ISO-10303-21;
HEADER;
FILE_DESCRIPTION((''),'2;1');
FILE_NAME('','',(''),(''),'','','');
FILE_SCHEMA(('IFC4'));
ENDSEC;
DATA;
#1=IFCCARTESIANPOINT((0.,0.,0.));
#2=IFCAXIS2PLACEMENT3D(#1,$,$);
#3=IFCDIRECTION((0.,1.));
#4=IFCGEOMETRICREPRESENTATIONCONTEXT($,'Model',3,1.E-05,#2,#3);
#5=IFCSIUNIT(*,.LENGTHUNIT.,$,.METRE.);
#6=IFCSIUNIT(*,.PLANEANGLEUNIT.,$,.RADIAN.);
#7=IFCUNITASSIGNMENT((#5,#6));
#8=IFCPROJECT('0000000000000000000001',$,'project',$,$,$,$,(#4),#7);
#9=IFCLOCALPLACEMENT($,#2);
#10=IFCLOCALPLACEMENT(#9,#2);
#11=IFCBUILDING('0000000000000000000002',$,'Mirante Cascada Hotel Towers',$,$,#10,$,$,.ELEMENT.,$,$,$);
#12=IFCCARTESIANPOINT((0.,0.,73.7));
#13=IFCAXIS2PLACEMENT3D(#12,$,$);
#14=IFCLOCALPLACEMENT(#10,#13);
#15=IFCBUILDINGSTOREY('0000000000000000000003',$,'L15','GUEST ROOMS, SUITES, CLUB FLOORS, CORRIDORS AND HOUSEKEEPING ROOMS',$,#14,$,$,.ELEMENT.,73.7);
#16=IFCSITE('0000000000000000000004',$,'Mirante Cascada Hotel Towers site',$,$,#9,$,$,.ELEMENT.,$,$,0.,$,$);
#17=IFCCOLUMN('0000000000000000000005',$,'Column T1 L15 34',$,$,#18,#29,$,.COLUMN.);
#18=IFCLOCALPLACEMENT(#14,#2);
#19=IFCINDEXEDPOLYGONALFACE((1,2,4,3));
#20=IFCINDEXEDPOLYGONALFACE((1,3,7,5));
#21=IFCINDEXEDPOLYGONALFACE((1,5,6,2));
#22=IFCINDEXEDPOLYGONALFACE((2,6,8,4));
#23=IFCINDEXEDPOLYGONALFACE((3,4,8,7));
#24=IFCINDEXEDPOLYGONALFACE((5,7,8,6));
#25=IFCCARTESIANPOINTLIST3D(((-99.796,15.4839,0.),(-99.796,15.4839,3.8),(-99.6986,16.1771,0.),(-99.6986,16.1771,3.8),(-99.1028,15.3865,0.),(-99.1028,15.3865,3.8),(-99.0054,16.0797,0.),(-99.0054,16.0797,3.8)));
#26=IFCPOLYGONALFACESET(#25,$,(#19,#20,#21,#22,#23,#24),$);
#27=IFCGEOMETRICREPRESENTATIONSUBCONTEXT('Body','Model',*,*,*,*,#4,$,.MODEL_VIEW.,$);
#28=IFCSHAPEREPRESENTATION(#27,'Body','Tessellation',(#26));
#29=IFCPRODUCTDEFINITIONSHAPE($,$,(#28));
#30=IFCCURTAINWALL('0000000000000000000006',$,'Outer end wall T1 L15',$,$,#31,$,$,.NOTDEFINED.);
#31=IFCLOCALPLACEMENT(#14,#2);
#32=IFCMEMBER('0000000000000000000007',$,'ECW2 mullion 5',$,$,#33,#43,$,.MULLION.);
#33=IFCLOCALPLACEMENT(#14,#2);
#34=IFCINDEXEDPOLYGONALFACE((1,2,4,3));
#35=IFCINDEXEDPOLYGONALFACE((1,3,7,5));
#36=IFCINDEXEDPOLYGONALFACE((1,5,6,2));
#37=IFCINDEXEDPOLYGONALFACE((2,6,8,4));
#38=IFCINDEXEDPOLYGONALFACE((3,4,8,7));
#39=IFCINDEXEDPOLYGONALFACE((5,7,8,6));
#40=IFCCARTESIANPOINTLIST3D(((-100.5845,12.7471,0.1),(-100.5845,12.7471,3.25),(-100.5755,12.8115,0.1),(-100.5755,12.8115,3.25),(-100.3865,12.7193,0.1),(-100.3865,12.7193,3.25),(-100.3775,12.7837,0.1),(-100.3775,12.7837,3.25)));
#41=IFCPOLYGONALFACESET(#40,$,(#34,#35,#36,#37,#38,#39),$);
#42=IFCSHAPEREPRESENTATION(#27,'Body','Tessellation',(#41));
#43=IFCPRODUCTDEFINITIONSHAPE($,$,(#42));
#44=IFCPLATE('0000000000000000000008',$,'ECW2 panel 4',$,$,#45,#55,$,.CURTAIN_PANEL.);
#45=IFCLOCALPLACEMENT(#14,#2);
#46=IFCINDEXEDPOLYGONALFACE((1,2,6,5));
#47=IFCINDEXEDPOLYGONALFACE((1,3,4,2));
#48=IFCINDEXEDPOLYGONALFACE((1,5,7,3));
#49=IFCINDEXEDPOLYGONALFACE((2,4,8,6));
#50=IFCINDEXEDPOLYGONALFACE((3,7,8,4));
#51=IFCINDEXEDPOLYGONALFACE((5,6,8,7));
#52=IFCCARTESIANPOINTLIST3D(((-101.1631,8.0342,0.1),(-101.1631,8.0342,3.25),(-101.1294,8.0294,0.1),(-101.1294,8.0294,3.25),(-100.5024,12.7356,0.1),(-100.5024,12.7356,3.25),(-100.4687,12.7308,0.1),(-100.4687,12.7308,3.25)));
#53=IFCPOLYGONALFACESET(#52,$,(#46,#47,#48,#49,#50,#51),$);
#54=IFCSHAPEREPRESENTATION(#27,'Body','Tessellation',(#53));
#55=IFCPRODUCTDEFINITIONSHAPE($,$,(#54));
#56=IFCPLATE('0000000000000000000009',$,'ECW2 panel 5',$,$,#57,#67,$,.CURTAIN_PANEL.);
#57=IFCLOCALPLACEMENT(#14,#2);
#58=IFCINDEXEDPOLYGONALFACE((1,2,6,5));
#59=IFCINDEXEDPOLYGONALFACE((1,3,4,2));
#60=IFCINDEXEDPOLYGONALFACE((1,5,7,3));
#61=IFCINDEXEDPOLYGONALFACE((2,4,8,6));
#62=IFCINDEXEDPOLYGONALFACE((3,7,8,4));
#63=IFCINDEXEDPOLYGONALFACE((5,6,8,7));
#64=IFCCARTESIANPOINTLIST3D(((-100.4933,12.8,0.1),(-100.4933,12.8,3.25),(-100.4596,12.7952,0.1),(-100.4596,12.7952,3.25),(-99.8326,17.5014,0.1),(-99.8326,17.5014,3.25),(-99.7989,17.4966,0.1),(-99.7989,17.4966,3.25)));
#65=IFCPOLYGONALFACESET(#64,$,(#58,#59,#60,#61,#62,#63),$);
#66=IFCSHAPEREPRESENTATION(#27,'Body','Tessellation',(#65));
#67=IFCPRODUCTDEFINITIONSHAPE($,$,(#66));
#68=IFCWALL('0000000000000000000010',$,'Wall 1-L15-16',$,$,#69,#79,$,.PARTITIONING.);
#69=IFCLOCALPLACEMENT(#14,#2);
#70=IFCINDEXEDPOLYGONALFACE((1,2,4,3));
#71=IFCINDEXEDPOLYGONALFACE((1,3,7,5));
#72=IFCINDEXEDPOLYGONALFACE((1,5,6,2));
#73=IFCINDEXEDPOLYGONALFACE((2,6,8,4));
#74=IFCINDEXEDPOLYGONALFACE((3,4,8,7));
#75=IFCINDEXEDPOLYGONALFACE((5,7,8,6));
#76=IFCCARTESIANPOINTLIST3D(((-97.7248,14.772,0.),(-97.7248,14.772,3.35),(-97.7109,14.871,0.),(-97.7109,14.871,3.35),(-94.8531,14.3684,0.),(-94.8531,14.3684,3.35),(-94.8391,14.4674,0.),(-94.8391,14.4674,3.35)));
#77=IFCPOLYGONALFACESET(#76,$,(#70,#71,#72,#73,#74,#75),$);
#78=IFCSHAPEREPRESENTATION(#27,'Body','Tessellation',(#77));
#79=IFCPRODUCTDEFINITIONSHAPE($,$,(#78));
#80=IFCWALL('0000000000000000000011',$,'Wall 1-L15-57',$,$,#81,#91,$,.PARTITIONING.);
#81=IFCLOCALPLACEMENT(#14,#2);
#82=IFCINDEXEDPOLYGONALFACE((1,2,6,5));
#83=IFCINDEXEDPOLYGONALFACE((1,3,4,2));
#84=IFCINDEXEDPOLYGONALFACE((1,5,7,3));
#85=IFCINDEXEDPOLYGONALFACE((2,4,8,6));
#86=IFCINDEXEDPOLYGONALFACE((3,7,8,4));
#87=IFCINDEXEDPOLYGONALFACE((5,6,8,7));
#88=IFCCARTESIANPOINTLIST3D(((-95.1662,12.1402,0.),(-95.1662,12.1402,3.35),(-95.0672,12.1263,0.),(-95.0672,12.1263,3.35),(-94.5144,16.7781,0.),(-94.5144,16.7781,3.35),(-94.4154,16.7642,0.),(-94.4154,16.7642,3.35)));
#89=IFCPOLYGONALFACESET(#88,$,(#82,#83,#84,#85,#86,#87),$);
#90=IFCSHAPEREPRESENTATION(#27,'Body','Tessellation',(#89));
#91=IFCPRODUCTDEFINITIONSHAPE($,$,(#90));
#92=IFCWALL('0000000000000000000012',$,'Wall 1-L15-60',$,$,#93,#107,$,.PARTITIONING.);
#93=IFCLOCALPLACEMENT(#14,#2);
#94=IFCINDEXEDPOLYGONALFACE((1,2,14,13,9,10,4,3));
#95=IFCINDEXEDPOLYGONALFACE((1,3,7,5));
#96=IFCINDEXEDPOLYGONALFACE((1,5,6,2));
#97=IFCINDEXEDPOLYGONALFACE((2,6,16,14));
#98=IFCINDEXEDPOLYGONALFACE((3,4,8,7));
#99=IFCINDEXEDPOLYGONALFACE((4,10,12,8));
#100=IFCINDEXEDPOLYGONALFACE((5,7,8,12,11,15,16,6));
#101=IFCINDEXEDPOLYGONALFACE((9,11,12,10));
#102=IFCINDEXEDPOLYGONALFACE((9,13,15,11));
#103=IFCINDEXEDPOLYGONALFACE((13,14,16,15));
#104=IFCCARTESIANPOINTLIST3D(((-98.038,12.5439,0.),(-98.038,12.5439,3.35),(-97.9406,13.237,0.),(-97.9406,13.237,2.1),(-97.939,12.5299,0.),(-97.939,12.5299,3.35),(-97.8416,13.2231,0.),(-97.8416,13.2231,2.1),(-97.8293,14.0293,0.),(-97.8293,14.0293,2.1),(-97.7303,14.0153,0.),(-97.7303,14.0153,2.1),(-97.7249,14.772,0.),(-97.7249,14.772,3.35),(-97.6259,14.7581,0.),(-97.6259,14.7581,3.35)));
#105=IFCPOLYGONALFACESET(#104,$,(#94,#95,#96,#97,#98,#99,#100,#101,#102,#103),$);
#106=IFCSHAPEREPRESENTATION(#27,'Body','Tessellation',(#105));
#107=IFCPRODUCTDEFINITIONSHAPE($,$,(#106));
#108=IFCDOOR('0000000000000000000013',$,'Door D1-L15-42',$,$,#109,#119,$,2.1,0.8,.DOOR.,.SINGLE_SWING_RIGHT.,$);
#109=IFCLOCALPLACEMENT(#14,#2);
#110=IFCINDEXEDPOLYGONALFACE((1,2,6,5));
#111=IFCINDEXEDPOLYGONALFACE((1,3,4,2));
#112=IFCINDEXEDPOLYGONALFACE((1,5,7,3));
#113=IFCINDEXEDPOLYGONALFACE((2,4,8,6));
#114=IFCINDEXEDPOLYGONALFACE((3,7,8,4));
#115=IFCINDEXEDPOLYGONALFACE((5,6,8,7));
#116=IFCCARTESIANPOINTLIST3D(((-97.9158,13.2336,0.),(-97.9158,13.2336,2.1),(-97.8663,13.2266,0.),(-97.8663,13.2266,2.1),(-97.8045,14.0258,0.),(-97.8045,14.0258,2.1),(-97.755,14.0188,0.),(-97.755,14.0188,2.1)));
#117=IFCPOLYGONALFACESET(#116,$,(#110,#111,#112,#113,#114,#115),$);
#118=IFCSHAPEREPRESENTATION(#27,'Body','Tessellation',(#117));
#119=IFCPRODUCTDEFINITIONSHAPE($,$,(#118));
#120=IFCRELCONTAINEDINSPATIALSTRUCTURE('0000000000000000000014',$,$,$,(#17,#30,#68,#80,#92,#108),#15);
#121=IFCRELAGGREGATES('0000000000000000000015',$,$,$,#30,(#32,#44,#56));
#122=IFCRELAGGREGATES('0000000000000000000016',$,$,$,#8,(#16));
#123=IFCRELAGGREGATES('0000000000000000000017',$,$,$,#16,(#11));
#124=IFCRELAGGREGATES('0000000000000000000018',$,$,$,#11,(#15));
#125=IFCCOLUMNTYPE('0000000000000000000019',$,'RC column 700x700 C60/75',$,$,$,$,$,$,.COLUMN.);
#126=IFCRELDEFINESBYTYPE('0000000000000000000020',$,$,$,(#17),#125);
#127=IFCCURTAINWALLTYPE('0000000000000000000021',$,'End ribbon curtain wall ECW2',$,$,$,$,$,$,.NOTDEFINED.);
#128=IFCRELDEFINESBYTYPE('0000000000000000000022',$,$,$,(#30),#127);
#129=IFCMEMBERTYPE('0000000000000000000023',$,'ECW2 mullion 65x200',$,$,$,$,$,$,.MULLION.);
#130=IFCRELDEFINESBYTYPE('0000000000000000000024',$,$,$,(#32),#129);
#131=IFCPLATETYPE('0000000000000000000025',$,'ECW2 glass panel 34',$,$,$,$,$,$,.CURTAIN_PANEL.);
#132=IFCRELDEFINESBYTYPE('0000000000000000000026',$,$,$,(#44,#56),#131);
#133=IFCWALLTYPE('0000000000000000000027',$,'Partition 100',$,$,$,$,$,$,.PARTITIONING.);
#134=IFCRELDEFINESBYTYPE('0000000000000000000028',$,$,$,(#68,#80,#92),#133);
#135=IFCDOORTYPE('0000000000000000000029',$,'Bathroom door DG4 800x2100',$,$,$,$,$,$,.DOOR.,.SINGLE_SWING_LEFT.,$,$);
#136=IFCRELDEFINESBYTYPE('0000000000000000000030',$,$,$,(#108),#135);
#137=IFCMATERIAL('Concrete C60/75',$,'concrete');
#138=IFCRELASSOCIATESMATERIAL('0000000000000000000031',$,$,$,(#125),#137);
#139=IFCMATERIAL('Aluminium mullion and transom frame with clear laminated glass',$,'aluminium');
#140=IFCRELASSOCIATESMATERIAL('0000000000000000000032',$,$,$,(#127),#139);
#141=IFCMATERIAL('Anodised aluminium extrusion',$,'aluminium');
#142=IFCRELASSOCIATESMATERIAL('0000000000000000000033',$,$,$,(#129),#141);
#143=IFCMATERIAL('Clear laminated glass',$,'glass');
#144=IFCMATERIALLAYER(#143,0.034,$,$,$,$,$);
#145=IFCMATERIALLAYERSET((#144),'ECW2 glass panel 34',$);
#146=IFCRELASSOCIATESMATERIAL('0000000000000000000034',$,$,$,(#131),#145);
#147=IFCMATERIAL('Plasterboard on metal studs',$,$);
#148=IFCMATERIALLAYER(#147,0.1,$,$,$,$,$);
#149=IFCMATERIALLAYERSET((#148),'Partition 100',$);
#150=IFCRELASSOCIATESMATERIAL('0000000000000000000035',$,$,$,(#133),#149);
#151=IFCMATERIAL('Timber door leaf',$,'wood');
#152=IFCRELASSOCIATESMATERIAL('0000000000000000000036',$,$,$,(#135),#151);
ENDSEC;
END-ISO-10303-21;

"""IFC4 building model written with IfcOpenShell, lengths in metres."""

from ifc_helpers import new_model, si_unit, direction, frame, frame_2d, origin, origin_2d, place, context, subcontext, project, spatial, rectangle, extrude, material, layer, layer_set, material_profile, profile_set, type_object, element, fill, aggregate, save


model = new_model("IFC4")

# Units and contexts
model_context = context("Model", 3, precision=1e-05, world=origin(), true_north=direction((0.0, 1.0)))
body_context = subcontext(model_context, "Body", "Model", "MODEL_VIEW")
ifc_project = project(units=[si_unit("LENGTHUNIT", "METRE"), si_unit("PLANEANGLEUNIT", "RADIAN")], contexts=[model_context])

# Site, building, storey
site_placement = place(None, origin())
site = spatial("IfcSite", under=ifc_project, at=site_placement, Name="Mirante Cascada Hotel Towers site", CompositionType="ELEMENT", RefElevation=0.0)
building_placement = place(site_placement, origin())
building = spatial("IfcBuilding", under=site, at=building_placement, Name="Mirante Cascada Hotel Towers", CompositionType="ELEMENT")
storey_placement = place(building_placement, frame((0.0, 0.0, 73.7)))
storey = spatial("IfcBuildingStorey", under=building, at=storey_placement, Name="L15", Description="GUEST ROOMS, SUITES, CLUB FLOORS, CORRIDORS AND HOUSEKEEPING ROOMS", CompositionType="ELEMENT", Elevation=73.7)

# Column
ifc_material_1 = material(Name="Concrete C60/75", Category="concrete")
ifc_material_profile_1 = material_profile(ifc_material_1, rectangle(XDim=0.7, YDim=0.7, at=origin_2d()), Name="RC column 700x700 C60/75")
ifc_profile_set_1 = profile_set([ifc_material_profile_1], Name="Concrete C60/75")
column_type = type_object("IfcColumnType", Name="RC column 700x700 C60/75", PredefinedType="COLUMN", material=ifc_profile_set_1)
column_placement = place(storey_placement, frame((-99.4007, 15.7818, 0.0), z_axis=(0.0, 0.0, 1.0), x_axis=(-0.990268, 0.139173, 0.0)))
element("IfcColumn", 1, at=column_placement, inside=storey, type_object=column_type, Name="Column T1 L15 34", PredefinedType="COLUMN", context=body_context, shape_type="SweptSolid", body=[
    extrude(rectangle(XDim=0.7, YDim=0.7, at=origin_2d()), origin(), (0.0, 0.0, 1.0), 3.8),
])

# Curtain wall, member, plates
ifc_material_2 = material(Name="Aluminium mullion and transom frame with clear laminated glass", Category="aluminium")
curtain_wall_type = type_object("IfcCurtainWallType", Name="End ribbon curtain wall ECW2", PredefinedType="NOTDEFINED", material=ifc_material_2)
curtain_wall_placement = place(storey_placement, origin())
curtain_wall = element("IfcCurtainWall", 2, at=curtain_wall_placement, inside=storey, type_object=curtain_wall_type, Name="Outer end wall T1 L15", PredefinedType="NOTDEFINED")
ifc_material_3 = material(Name="Anodised aluminium extrusion", Category="aluminium")
ifc_material_profile_2 = material_profile(ifc_material_3, rectangle(XDim=0.2, YDim=0.065, at=origin_2d()), Name="ECW2 MULLION 65x200")
ifc_profile_set_2 = profile_set([ifc_material_profile_2], Name="Anodised aluminium extrusion")
member_type = type_object("IfcMemberType", Name="ECW2 mullion 65x200", PredefinedType="MULLION", material=ifc_profile_set_2)
member_placement = place(storey_placement, frame((-100.481, 12.7654, 0.1), z_axis=(0.0, 0.0, 1.0), x_axis=(-0.990268, 0.139173, 0.0)))
member = element("IfcMember", 3, at=member_placement, type_object=member_type, Name="ECW2 mullion 5", PredefinedType="MULLION", context=body_context, shape_type="SweptSolid", body=[
    extrude(rectangle(XDim=0.2, YDim=0.065, at=origin_2d()), origin(), (0.0, 0.0, 1.0), 3.15),
])
ifc_material_4 = material(Name="Clear laminated glass", Category="glass")
ifc_layer_1 = layer(ifc_material_4, 0.034)
ifc_layer_set_1 = layer_set([ifc_layer_1], Name="ECW2 glass panel 34")
plate_type = type_object("IfcPlateType", Name="ECW2 glass panel 34", PredefinedType="CURTAIN_PANEL", material=ifc_layer_set_1)
plate_1_placement = place(storey_placement, frame((-100.8159, 10.3825, 0.1), z_axis=(0.0, 0.0, 1.0), x_axis=(0.139173, 0.990268, 0.0)))
plate_1 = element("IfcPlate", 4, at=plate_1_placement, type_object=plate_type, Name="ECW2 panel 4", PredefinedType="CURTAIN_PANEL", context=body_context, shape_type="SweptSolid", body=[
    extrude(rectangle(XDim=4.7476, YDim=0.034, at=origin_2d()), origin(), (0.0, 0.0, 1.0), 3.15),
])
plate_2_placement = place(storey_placement, frame((-100.1461, 15.1483, 0.1), z_axis=(0.0, 0.0, 1.0), x_axis=(0.139173, 0.990268, 0.0)))
plate_2 = element("IfcPlate", 5, at=plate_2_placement, type_object=plate_type, Name="ECW2 panel 5", PredefinedType="CURTAIN_PANEL", context=body_context, shape_type="SweptSolid", body=[
    extrude(rectangle(XDim=4.7476, YDim=0.034, at=origin_2d()), origin(), (0.0, 0.0, 1.0), 3.15),
])
aggregate(curtain_wall, [member, plate_1, plate_2])

# Walls
ifc_material_5 = material(Name="Plasterboard on metal studs")
ifc_layer_2 = layer(ifc_material_5, 0.1)
ifc_layer_set_2 = layer_set([ifc_layer_2], Name="Partition 100")
wall_type = type_object("IfcWallType", Name="Partition 100", PredefinedType="PARTITIONING", material=ifc_layer_set_2)
wall_1_placement = place(storey_placement, frame((-94.8461, 14.4179, 0.0), z_axis=(0.0, 0.0, 1.0), x_axis=(-0.990268, 0.139171, 0.0)))
element("IfcWall", 6, at=wall_1_placement, inside=storey, type_object=wall_type, Name="Wall 1-L15-16", PredefinedType="PARTITIONING", context=body_context, shape_type="SweptSolid", body=[
    extrude(rectangle(XDim=2.9, YDim=0.1, at=frame_2d((1.45, 0.0))), origin(), (0.0, 0.0, 1.0), 3.35),
])
wall_2_placement = place(storey_placement, frame((-94.4649, 16.7712, 0.0), z_axis=(0.0, 0.0, 1.0), x_axis=(-0.13917, -0.990268, 0.0)))
element("IfcWall", 7, at=wall_2_placement, inside=storey, type_object=wall_type, Name="Wall 1-L15-57", PredefinedType="PARTITIONING", context=body_context, shape_type="SweptSolid", body=[
    extrude(rectangle(XDim=4.6835, YDim=0.1, at=frame_2d((2.3418, 0.0))), origin(), (0.0, 0.0, 1.0), 3.35),
])

# Wall, opening, door
wall_3_placement = place(storey_placement, frame((-97.9885, 12.5369, 0.0), z_axis=(0.0, 0.0, 1.0), x_axis=(0.139156, 0.990271, 0.0)))
wall_3 = element("IfcWall", 8, at=wall_3_placement, inside=storey, type_object=wall_type, Name="Wall 1-L15-60", PredefinedType="PARTITIONING", context=body_context, shape_type="SweptSolid", body=[
    extrude(rectangle(XDim=2.25, YDim=0.1, at=frame_2d((1.125, 0.0))), origin(), (0.0, 0.0, 1.0), 3.35),
])
opening_placement = place(wall_3_placement, frame((0.7, 0.0, 0.0)))
opening = element("IfcOpeningElement", 9, at=opening_placement, cuts=wall_3, PredefinedType="OPENING", context=body_context, shape_type="SweptSolid", body=[
    extrude(rectangle(XDim=0.8, YDim=2.1, at=frame_2d((0.4, 1.05))), frame((0.0, 0.05, 0.0), z_axis=(0.0, -1.0, 0.0), x_axis=(1.0, 0.0, 0.0)), (0.0, 0.0, 1.0), 0.1),
])
ifc_material_6 = material(Name="Timber door leaf", Category="wood")
door_type = type_object("IfcDoorType", Name="Bathroom door DG4 800x2100", OperationType="SINGLE_SWING_LEFT", PredefinedType="DOOR", material=ifc_material_6)
door_placement = place(opening_placement, frame((0.8, 0.0, 0.0), z_axis=(0.0, 0.0, 1.0), x_axis=(-1.0, 0.0, 0.0)))
door = element("IfcDoor", 10, at=door_placement, inside=storey, type_object=door_type, Name="Door D1-L15-42", OperationType="SINGLE_SWING_RIGHT", OverallHeight=2.1, OverallWidth=0.8, PredefinedType="DOOR", context=body_context, shape_type="SweptSolid", body=[
    extrude(rectangle(XDim=0.8, YDim=2.1, at=frame_2d((0.4, 1.05))), frame((0.0, 0.025, 0.0), z_axis=(0.0, -1.0, 0.0), x_axis=(1.0, 0.0, 0.0)), (0.0, 0.0, 1.0), 0.05),
])
fill(opening, door)

save(model, "model.ifc")
